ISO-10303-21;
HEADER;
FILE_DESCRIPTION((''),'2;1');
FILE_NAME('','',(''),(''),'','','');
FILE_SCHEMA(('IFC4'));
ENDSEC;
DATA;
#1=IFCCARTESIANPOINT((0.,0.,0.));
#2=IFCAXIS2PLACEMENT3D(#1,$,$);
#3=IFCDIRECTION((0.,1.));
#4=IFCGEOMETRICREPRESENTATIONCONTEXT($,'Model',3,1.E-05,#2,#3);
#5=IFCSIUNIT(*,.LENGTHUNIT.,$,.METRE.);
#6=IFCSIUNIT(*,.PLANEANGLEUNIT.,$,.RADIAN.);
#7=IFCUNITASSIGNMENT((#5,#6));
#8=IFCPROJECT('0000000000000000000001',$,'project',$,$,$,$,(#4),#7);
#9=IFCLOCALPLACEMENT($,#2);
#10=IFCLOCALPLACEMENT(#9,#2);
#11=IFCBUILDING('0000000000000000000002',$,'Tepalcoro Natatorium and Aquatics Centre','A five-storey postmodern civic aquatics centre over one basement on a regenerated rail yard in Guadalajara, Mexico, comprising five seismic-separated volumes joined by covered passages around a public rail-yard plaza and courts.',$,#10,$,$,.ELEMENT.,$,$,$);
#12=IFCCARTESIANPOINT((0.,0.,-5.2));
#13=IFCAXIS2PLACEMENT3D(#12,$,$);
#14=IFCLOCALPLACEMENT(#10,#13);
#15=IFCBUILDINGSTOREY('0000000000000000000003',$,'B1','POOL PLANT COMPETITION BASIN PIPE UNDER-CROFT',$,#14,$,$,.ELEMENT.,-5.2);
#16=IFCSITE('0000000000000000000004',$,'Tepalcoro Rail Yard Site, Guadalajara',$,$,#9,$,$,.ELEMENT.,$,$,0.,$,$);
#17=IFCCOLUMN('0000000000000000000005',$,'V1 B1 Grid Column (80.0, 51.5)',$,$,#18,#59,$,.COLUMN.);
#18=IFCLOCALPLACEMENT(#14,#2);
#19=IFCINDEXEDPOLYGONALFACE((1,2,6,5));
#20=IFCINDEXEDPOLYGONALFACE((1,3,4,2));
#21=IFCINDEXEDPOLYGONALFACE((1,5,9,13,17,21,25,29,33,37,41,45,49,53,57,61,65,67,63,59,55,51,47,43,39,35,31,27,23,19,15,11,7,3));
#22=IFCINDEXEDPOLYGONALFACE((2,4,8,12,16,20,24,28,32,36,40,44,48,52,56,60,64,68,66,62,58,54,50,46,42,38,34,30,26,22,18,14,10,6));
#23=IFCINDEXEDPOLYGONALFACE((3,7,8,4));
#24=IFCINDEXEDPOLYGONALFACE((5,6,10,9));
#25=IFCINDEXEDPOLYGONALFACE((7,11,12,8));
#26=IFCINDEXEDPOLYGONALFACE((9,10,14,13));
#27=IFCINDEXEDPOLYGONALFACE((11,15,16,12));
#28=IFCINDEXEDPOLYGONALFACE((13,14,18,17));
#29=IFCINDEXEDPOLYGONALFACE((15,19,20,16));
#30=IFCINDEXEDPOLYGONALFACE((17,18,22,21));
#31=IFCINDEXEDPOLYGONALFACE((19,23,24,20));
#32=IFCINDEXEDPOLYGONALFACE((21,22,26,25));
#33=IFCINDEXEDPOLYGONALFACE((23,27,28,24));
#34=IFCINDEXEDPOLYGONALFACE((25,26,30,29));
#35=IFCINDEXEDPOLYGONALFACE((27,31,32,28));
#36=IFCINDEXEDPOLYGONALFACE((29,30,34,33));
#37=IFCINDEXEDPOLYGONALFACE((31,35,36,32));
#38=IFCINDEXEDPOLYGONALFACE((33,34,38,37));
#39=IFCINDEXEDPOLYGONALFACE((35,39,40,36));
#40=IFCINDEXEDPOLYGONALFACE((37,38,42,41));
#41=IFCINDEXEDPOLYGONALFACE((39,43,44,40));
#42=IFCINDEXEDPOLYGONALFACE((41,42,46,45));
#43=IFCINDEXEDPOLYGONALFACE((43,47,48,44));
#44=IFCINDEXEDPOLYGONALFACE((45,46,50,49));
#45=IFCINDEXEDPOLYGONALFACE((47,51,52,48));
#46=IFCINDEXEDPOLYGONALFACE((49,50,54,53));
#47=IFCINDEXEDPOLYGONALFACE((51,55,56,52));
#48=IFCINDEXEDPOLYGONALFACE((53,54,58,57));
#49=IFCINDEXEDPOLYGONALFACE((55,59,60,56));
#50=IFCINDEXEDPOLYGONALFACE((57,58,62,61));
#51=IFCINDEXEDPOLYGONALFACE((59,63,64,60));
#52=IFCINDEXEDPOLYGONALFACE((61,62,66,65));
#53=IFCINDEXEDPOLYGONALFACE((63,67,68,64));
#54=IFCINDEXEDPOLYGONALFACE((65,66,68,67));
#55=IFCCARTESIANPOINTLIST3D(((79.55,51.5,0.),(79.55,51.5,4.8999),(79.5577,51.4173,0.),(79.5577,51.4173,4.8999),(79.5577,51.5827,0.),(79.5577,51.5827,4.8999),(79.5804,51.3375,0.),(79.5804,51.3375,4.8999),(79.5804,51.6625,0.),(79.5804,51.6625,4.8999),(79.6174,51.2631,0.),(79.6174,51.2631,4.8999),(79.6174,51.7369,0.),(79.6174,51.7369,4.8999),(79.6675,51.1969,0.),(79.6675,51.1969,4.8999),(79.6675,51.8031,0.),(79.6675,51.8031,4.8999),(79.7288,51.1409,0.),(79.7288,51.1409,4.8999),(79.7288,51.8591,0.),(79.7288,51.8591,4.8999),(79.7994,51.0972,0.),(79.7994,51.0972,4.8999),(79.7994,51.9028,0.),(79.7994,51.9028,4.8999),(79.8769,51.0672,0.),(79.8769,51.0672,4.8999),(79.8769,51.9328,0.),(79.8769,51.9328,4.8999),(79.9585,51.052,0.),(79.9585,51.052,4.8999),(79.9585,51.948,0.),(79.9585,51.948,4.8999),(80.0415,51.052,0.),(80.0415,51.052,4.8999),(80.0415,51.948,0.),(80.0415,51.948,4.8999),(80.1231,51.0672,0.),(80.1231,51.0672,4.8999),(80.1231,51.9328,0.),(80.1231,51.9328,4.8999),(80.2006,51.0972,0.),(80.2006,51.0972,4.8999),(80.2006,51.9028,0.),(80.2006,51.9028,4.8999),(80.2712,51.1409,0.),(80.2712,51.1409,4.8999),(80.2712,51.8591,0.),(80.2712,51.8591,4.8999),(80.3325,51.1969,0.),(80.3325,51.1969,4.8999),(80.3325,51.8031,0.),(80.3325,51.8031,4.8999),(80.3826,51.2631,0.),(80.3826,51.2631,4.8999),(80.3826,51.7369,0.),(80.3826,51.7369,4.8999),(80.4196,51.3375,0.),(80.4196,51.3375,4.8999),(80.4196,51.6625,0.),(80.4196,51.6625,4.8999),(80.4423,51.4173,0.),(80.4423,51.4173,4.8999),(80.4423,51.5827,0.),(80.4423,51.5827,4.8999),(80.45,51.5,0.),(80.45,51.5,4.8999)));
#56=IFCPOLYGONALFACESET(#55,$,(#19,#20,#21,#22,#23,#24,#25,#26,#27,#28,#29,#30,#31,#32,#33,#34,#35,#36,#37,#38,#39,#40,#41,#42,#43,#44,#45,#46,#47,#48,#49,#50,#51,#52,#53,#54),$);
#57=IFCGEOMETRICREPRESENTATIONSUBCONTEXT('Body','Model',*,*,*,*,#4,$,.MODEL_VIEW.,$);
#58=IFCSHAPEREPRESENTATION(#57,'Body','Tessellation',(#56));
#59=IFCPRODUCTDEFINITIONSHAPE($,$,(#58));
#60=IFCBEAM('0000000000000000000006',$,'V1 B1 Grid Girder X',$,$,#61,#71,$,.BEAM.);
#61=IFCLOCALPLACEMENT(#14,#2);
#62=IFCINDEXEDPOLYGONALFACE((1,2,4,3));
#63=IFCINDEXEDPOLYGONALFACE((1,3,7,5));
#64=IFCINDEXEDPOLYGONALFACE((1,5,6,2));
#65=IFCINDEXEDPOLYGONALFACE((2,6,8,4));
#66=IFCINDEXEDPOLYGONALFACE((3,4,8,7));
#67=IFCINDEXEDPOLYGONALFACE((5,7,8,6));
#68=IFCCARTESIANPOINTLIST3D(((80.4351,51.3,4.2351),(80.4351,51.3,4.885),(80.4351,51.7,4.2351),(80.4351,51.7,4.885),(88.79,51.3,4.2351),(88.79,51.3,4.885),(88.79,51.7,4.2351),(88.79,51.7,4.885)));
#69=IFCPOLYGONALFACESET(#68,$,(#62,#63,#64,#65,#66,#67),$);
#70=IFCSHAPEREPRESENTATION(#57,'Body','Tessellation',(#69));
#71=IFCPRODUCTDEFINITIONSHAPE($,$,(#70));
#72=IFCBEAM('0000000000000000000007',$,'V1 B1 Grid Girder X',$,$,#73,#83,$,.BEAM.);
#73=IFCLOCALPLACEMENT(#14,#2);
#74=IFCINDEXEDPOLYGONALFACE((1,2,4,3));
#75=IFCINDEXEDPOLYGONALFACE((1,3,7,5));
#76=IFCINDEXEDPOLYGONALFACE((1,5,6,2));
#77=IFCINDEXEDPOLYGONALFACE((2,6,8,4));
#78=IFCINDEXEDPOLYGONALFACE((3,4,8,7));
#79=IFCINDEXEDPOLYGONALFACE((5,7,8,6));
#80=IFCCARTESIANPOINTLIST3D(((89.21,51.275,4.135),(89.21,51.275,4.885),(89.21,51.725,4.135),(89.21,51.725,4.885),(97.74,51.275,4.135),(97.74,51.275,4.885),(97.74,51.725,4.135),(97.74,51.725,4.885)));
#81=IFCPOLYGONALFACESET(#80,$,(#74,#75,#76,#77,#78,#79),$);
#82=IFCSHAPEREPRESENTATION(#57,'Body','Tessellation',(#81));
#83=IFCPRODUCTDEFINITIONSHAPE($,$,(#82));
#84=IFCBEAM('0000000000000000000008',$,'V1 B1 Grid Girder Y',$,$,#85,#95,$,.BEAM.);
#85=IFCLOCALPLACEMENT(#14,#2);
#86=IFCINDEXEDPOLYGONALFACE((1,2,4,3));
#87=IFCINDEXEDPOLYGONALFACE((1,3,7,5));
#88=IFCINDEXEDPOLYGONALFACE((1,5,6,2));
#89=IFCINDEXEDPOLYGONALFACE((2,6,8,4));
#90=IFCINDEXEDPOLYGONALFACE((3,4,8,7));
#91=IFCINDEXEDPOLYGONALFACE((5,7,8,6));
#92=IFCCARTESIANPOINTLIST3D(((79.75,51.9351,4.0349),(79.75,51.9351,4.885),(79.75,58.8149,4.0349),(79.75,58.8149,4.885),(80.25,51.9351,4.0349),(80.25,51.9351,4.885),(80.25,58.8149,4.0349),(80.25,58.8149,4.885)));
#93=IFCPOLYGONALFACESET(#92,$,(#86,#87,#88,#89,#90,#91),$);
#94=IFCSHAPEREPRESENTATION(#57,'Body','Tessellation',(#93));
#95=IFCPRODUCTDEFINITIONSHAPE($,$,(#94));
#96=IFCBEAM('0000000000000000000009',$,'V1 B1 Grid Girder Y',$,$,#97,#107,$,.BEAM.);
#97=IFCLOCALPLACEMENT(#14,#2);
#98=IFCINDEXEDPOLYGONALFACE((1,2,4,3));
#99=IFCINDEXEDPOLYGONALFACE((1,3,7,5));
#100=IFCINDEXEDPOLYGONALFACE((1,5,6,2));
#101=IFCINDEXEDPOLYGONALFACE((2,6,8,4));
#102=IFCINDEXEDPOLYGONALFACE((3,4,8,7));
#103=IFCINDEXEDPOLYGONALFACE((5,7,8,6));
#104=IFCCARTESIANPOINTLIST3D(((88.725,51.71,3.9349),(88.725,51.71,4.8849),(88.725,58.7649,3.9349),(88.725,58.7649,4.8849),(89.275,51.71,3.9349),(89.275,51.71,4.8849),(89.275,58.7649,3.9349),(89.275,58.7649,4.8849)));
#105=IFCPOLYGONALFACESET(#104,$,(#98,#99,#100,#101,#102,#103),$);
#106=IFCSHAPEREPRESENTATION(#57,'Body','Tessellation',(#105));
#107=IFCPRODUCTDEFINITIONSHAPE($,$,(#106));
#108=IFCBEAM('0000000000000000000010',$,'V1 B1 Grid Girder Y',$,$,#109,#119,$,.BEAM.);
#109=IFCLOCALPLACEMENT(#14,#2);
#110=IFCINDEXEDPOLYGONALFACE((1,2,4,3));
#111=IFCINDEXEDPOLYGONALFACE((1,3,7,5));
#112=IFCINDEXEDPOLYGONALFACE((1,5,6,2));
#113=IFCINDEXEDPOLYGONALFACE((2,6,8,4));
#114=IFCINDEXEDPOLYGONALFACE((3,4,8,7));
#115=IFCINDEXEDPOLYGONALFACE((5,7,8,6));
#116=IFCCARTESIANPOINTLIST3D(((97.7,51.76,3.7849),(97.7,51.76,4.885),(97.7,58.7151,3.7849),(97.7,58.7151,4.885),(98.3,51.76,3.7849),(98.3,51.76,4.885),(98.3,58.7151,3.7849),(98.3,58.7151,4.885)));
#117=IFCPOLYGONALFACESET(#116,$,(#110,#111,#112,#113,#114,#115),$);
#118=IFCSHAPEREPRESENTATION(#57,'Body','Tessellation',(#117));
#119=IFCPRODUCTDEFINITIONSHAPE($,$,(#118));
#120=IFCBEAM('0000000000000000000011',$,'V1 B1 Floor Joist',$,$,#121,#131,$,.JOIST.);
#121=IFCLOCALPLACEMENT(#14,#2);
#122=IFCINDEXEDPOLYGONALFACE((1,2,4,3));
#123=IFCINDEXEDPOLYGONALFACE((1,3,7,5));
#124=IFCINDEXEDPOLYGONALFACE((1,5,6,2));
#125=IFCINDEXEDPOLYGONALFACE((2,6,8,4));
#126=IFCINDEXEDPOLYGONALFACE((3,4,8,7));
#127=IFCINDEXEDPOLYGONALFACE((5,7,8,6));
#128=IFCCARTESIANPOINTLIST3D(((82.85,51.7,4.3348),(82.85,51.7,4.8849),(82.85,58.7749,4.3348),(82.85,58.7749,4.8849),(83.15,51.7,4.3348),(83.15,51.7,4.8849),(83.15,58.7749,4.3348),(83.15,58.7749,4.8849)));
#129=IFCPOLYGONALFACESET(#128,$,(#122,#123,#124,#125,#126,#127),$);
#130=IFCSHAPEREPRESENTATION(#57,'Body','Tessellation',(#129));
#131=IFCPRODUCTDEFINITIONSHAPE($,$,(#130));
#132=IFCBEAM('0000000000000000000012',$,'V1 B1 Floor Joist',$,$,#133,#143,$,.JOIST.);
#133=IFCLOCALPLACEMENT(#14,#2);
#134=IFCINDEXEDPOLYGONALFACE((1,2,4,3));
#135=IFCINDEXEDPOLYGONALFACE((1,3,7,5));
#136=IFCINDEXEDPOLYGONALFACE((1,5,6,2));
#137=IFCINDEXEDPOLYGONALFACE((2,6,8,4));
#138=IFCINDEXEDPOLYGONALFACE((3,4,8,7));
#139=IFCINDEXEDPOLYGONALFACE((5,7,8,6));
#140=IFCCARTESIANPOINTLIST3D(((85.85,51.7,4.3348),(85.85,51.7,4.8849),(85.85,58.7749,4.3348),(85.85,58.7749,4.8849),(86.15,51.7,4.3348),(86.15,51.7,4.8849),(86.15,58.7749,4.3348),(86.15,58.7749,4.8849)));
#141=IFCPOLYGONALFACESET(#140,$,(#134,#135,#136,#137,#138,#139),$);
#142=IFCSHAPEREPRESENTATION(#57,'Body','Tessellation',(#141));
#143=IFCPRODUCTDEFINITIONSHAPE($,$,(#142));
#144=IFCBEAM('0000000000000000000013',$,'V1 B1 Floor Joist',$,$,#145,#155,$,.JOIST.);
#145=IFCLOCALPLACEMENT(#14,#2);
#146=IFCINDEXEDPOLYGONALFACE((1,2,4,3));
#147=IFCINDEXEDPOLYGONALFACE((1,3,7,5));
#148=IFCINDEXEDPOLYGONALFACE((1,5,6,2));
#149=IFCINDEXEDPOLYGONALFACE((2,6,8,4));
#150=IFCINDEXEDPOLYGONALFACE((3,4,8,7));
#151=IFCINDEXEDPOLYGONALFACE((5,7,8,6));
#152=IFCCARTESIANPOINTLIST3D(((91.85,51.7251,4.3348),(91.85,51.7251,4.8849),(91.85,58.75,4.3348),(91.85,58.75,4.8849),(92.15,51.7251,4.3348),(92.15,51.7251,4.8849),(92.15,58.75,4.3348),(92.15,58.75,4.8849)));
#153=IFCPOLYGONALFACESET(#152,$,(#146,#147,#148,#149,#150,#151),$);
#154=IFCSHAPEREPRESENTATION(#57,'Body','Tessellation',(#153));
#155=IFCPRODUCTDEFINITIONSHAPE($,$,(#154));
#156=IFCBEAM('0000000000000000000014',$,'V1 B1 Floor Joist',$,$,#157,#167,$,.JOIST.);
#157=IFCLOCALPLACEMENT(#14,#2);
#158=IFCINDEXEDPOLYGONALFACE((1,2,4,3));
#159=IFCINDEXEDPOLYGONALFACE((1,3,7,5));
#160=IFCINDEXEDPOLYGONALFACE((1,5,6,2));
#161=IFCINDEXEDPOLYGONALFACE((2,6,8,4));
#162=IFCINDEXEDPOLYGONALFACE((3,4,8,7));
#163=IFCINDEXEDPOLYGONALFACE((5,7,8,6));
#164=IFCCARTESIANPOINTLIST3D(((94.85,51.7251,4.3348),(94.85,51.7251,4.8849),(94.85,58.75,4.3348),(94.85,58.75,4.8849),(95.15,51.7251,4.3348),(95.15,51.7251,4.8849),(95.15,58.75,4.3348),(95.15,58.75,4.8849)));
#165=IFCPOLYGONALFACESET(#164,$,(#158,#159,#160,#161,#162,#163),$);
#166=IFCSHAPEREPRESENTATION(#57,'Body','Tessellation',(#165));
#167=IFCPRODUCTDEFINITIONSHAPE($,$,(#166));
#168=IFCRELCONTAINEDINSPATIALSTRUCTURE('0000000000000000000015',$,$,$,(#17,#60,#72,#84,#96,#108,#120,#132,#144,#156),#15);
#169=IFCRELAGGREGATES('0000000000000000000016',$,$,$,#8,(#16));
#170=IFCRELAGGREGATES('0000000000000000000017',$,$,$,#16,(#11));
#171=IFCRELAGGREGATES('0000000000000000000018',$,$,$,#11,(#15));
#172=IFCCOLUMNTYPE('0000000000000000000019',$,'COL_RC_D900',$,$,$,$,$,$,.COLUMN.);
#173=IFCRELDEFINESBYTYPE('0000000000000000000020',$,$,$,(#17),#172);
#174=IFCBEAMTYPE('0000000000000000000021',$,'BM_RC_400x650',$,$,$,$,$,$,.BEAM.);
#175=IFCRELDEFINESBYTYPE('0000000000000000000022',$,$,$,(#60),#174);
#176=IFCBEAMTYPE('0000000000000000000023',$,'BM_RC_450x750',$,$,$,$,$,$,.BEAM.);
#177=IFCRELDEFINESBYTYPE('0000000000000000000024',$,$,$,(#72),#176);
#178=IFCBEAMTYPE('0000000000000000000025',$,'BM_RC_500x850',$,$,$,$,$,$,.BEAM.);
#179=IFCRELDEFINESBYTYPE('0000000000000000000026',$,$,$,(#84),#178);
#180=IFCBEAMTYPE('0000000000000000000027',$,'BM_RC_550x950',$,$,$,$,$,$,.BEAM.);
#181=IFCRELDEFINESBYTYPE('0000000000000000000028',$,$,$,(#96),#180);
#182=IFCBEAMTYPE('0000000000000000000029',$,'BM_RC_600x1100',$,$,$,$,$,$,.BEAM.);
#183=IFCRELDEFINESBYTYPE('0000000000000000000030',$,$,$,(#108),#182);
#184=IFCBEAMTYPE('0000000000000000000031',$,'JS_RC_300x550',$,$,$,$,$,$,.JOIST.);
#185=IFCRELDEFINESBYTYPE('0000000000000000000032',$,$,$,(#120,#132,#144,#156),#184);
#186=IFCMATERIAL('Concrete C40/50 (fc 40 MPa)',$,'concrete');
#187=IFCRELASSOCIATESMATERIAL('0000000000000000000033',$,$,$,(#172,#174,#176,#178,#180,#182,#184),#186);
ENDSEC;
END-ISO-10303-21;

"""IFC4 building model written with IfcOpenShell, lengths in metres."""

from ifc_helpers import new_model, si_unit, direction, frame, origin, origin_2d, place, context, subcontext, project, spatial, rectangle, circle, extrude, material, material_profile, profile_set, type_object, element, save


model = new_model("IFC4")

# Units and contexts
model_context = context("Model", 3, precision=1e-05, world=origin(), true_north=direction((0.0, 1.0)))
body_context = subcontext(model_context, "Body", "Model", "MODEL_VIEW")
ifc_project = project(units=[si_unit("LENGTHUNIT", "METRE"), si_unit("PLANEANGLEUNIT", "RADIAN")], contexts=[model_context])

# Site, building, storey
site_placement = place(None, origin())
site = spatial("IfcSite", under=ifc_project, at=site_placement, Name="Tepalcoro Rail Yard Site, Guadalajara", CompositionType="ELEMENT", RefElevation=0.0)
building_placement = place(site_placement, origin())
building = spatial("IfcBuilding", under=site, at=building_placement, Name="Tepalcoro Natatorium and Aquatics Centre", Description="A five-storey postmodern civic aquatics centre over one basement on a regenerated rail yard in Guadalajara, Mexico, comprising five seismic-separated volumes joined by covered passages around a public rail-yard plaza and courts.", CompositionType="ELEMENT")
storey_placement = place(building_placement, frame((0.0, 0.0, -5.2)))
storey = spatial("IfcBuildingStorey", under=building, at=storey_placement, Name="B1", Description="POOL PLANT COMPETITION BASIN PIPE UNDER-CROFT", CompositionType="ELEMENT", Elevation=-5.2)

# Shared definitions
ifc_material_1 = material(Name="Concrete C40/50 (fc 40 MPa)", Category="concrete")

# Column
ifc_material_profile_1 = material_profile(ifc_material_1, circle(Radius=0.45, at=origin_2d()), Name="RCD900")
ifc_profile_set_1 = profile_set([ifc_material_profile_1], Name="Concrete C40/50 (fc 40 MPa)")
column_type_1 = type_object("IfcColumnType", Name="COL_RC_D900", PredefinedType="COLUMN", material=ifc_profile_set_1)
column_1_placement = place(storey_placement, frame((80.0, 51.5, 0.0), z_axis=(0.0, 0.0, 1.0), x_axis=(1.0, 0.0, 0.0)))
element("IfcColumn", 1, at=column_1_placement, inside=storey, type_object=column_type_1, Name="V1 B1 Grid Column (80.0, 51.5)", PredefinedType="COLUMN", context=body_context, shape_type="SweptSolid", body=[
    extrude(circle(Radius=0.45, at=origin_2d()), origin(), (0.0, 0.0, 1.0), 4.8999),
])

# Beams
ifc_material_profile_2 = material_profile(ifc_material_1, rectangle(XDim=0.3999, YDim=0.6499, at=origin_2d()), Name="RCB400x650")
ifc_profile_set_2 = profile_set([ifc_material_profile_2], Name="Concrete C40/50 (fc 40 MPa)")
beam_type_1 = type_object("IfcBeamType", Name="BM_RC_400x650", PredefinedType="BEAM", material=ifc_profile_set_2)
beam_1_placement = place(storey_placement, frame((80.4351, 51.5, 4.5601), z_axis=(1.0, 0.0, 0.0), x_axis=(0.0, 1.0, 0.0)))
element("IfcBeam", 2, at=beam_1_placement, inside=storey, type_object=beam_type_1, Name="V1 B1 Grid Girder X", PredefinedType="BEAM", context=body_context, shape_type="SweptSolid", body=[
    extrude(rectangle(XDim=0.3999, YDim=0.6499, at=origin_2d()), origin(), (0.0, 0.0, 1.0), 8.355),
])
ifc_material_profile_3 = material_profile(ifc_material_1, rectangle(XDim=0.45, YDim=0.75, at=origin_2d()), Name="RCB450x750")
ifc_profile_set_3 = profile_set([ifc_material_profile_3], Name="Concrete C40/50 (fc 40 MPa)")
beam_type_2 = type_object("IfcBeamType", Name="BM_RC_450x750", PredefinedType="BEAM", material=ifc_profile_set_3)
beam_2_placement = place(storey_placement, frame((89.21, 51.5, 4.51), z_axis=(1.0, 0.0, 0.0), x_axis=(0.0, 1.0, 0.0)))
element("IfcBeam", 3, at=beam_2_placement, inside=storey, type_object=beam_type_2, Name="V1 B1 Grid Girder X", PredefinedType="BEAM", context=body_context, shape_type="SweptSolid", body=[
    extrude(rectangle(XDim=0.45, YDim=0.75, at=origin_2d()), origin(), (0.0, 0.0, 1.0), 8.53),
])
ifc_material_profile_4 = material_profile(ifc_material_1, rectangle(XDim=0.5, YDim=0.8501, at=origin_2d()), Name="RCB500x850")
ifc_profile_set_4 = profile_set([ifc_material_profile_4], Name="Concrete C40/50 (fc 40 MPa)")
beam_type_3 = type_object("IfcBeamType", Name="BM_RC_500x850", PredefinedType="BEAM", material=ifc_profile_set_4)
beam_3_placement = place(storey_placement, frame((80.0, 51.9351, 4.46), z_axis=(0.0, 1.0, 0.0), x_axis=(-1.0, 0.0, 0.0)))
element("IfcBeam", 4, at=beam_3_placement, inside=storey, type_object=beam_type_3, Name="V1 B1 Grid Girder Y", PredefinedType="BEAM", context=body_context, shape_type="SweptSolid", body=[
    extrude(rectangle(XDim=0.5, YDim=0.8501, at=origin_2d()), origin(), (0.0, 0.0, 1.0), 6.8799),
])
ifc_material_profile_5 = material_profile(ifc_material_1, rectangle(XDim=0.55, YDim=0.95, at=origin_2d()), Name="RCB550x950")
ifc_profile_set_5 = profile_set([ifc_material_profile_5], Name="Concrete C40/50 (fc 40 MPa)")
beam_type_4 = type_object("IfcBeamType", Name="BM_RC_550x950", PredefinedType="BEAM", material=ifc_profile_set_5)
beam_4_placement = place(storey_placement, frame((89.0, 51.71, 4.4099), z_axis=(0.0, 1.0, 0.0), x_axis=(-1.0, 0.0, 0.0)))
element("IfcBeam", 5, at=beam_4_placement, inside=storey, type_object=beam_type_4, Name="V1 B1 Grid Girder Y", PredefinedType="BEAM", context=body_context, shape_type="SweptSolid", body=[
    extrude(rectangle(XDim=0.55, YDim=0.95, at=origin_2d()), origin(), (0.0, 0.0, 1.0), 7.0549),
])
ifc_material_profile_6 = material_profile(ifc_material_1, rectangle(XDim=0.6001, YDim=1.1001, at=origin_2d()), Name="RCB600x1100")
ifc_profile_set_6 = profile_set([ifc_material_profile_6], Name="Concrete C40/50 (fc 40 MPa)")
beam_type_5 = type_object("IfcBeamType", Name="BM_RC_600x1100", PredefinedType="BEAM", material=ifc_profile_set_6)
beam_5_placement = place(storey_placement, frame((98.0, 51.76, 4.335), z_axis=(0.0, 1.0, 0.0), x_axis=(-1.0, 0.0, 0.0)))
element("IfcBeam", 6, at=beam_5_placement, inside=storey, type_object=beam_type_5, Name="V1 B1 Grid Girder Y", PredefinedType="BEAM", context=body_context, shape_type="SweptSolid", body=[
    extrude(rectangle(XDim=0.6001, YDim=1.1001, at=origin_2d()), origin(), (0.0, 0.0, 1.0), 6.9551),
])
ifc_material_profile_7 = material_profile(ifc_material_1, rectangle(XDim=0.3, YDim=0.55, at=origin_2d()), Name="RCJ300x550")
ifc_profile_set_7 = profile_set([ifc_material_profile_7], Name="Concrete C40/50 (fc 40 MPa)")
beam_type_6 = type_object("IfcBeamType", Name="JS_RC_300x550", PredefinedType="JOIST", material=ifc_profile_set_7)
for number, where, z_axis, x_axis, name in (
    (7, (83.0, 51.7, 4.6099), (0.0, 1.0, 0.0), (-1.0, 0.0, 0.0), "V1 B1 Floor Joist"),
    (8, (86.0, 51.7, 4.6099), (0.0, 1.0, 0.0), (-1.0, 0.0, 0.0), "V1 B1 Floor Joist"),
):
    element("IfcBeam", number, at=place(storey_placement, frame(where, z_axis=z_axis, x_axis=x_axis)), inside=storey, type_object=beam_type_6, Name=name, PredefinedType="JOIST", context=body_context, shape_type="SweptSolid", body=[
        extrude(rectangle(XDim=0.3, YDim=0.55, at=origin_2d()), origin(), (0.0, 0.0, 1.0), 7.075),
    ])
for number, where, z_axis, x_axis, name in (
    (9, (92.0, 51.7251, 4.6099), (0.0, 1.0, 0.0), (-1.0, 0.0, 0.0), "V1 B1 Floor Joist"),
    (10, (95.0, 51.7251, 4.6099), (0.0, 1.0, 0.0), (-1.0, 0.0, 0.0), "V1 B1 Floor Joist"),
):
    element("IfcBeam", number, at=place(storey_placement, frame(where, z_axis=z_axis, x_axis=x_axis)), inside=storey, type_object=beam_type_6, Name=name, PredefinedType="JOIST", context=body_context, shape_type="SweptSolid", body=[
        extrude(rectangle(XDim=0.3, YDim=0.55, at=origin_2d()), origin(), (0.0, 0.0, 1.0), 7.0249),
    ])

save(model, "model.ifc")
